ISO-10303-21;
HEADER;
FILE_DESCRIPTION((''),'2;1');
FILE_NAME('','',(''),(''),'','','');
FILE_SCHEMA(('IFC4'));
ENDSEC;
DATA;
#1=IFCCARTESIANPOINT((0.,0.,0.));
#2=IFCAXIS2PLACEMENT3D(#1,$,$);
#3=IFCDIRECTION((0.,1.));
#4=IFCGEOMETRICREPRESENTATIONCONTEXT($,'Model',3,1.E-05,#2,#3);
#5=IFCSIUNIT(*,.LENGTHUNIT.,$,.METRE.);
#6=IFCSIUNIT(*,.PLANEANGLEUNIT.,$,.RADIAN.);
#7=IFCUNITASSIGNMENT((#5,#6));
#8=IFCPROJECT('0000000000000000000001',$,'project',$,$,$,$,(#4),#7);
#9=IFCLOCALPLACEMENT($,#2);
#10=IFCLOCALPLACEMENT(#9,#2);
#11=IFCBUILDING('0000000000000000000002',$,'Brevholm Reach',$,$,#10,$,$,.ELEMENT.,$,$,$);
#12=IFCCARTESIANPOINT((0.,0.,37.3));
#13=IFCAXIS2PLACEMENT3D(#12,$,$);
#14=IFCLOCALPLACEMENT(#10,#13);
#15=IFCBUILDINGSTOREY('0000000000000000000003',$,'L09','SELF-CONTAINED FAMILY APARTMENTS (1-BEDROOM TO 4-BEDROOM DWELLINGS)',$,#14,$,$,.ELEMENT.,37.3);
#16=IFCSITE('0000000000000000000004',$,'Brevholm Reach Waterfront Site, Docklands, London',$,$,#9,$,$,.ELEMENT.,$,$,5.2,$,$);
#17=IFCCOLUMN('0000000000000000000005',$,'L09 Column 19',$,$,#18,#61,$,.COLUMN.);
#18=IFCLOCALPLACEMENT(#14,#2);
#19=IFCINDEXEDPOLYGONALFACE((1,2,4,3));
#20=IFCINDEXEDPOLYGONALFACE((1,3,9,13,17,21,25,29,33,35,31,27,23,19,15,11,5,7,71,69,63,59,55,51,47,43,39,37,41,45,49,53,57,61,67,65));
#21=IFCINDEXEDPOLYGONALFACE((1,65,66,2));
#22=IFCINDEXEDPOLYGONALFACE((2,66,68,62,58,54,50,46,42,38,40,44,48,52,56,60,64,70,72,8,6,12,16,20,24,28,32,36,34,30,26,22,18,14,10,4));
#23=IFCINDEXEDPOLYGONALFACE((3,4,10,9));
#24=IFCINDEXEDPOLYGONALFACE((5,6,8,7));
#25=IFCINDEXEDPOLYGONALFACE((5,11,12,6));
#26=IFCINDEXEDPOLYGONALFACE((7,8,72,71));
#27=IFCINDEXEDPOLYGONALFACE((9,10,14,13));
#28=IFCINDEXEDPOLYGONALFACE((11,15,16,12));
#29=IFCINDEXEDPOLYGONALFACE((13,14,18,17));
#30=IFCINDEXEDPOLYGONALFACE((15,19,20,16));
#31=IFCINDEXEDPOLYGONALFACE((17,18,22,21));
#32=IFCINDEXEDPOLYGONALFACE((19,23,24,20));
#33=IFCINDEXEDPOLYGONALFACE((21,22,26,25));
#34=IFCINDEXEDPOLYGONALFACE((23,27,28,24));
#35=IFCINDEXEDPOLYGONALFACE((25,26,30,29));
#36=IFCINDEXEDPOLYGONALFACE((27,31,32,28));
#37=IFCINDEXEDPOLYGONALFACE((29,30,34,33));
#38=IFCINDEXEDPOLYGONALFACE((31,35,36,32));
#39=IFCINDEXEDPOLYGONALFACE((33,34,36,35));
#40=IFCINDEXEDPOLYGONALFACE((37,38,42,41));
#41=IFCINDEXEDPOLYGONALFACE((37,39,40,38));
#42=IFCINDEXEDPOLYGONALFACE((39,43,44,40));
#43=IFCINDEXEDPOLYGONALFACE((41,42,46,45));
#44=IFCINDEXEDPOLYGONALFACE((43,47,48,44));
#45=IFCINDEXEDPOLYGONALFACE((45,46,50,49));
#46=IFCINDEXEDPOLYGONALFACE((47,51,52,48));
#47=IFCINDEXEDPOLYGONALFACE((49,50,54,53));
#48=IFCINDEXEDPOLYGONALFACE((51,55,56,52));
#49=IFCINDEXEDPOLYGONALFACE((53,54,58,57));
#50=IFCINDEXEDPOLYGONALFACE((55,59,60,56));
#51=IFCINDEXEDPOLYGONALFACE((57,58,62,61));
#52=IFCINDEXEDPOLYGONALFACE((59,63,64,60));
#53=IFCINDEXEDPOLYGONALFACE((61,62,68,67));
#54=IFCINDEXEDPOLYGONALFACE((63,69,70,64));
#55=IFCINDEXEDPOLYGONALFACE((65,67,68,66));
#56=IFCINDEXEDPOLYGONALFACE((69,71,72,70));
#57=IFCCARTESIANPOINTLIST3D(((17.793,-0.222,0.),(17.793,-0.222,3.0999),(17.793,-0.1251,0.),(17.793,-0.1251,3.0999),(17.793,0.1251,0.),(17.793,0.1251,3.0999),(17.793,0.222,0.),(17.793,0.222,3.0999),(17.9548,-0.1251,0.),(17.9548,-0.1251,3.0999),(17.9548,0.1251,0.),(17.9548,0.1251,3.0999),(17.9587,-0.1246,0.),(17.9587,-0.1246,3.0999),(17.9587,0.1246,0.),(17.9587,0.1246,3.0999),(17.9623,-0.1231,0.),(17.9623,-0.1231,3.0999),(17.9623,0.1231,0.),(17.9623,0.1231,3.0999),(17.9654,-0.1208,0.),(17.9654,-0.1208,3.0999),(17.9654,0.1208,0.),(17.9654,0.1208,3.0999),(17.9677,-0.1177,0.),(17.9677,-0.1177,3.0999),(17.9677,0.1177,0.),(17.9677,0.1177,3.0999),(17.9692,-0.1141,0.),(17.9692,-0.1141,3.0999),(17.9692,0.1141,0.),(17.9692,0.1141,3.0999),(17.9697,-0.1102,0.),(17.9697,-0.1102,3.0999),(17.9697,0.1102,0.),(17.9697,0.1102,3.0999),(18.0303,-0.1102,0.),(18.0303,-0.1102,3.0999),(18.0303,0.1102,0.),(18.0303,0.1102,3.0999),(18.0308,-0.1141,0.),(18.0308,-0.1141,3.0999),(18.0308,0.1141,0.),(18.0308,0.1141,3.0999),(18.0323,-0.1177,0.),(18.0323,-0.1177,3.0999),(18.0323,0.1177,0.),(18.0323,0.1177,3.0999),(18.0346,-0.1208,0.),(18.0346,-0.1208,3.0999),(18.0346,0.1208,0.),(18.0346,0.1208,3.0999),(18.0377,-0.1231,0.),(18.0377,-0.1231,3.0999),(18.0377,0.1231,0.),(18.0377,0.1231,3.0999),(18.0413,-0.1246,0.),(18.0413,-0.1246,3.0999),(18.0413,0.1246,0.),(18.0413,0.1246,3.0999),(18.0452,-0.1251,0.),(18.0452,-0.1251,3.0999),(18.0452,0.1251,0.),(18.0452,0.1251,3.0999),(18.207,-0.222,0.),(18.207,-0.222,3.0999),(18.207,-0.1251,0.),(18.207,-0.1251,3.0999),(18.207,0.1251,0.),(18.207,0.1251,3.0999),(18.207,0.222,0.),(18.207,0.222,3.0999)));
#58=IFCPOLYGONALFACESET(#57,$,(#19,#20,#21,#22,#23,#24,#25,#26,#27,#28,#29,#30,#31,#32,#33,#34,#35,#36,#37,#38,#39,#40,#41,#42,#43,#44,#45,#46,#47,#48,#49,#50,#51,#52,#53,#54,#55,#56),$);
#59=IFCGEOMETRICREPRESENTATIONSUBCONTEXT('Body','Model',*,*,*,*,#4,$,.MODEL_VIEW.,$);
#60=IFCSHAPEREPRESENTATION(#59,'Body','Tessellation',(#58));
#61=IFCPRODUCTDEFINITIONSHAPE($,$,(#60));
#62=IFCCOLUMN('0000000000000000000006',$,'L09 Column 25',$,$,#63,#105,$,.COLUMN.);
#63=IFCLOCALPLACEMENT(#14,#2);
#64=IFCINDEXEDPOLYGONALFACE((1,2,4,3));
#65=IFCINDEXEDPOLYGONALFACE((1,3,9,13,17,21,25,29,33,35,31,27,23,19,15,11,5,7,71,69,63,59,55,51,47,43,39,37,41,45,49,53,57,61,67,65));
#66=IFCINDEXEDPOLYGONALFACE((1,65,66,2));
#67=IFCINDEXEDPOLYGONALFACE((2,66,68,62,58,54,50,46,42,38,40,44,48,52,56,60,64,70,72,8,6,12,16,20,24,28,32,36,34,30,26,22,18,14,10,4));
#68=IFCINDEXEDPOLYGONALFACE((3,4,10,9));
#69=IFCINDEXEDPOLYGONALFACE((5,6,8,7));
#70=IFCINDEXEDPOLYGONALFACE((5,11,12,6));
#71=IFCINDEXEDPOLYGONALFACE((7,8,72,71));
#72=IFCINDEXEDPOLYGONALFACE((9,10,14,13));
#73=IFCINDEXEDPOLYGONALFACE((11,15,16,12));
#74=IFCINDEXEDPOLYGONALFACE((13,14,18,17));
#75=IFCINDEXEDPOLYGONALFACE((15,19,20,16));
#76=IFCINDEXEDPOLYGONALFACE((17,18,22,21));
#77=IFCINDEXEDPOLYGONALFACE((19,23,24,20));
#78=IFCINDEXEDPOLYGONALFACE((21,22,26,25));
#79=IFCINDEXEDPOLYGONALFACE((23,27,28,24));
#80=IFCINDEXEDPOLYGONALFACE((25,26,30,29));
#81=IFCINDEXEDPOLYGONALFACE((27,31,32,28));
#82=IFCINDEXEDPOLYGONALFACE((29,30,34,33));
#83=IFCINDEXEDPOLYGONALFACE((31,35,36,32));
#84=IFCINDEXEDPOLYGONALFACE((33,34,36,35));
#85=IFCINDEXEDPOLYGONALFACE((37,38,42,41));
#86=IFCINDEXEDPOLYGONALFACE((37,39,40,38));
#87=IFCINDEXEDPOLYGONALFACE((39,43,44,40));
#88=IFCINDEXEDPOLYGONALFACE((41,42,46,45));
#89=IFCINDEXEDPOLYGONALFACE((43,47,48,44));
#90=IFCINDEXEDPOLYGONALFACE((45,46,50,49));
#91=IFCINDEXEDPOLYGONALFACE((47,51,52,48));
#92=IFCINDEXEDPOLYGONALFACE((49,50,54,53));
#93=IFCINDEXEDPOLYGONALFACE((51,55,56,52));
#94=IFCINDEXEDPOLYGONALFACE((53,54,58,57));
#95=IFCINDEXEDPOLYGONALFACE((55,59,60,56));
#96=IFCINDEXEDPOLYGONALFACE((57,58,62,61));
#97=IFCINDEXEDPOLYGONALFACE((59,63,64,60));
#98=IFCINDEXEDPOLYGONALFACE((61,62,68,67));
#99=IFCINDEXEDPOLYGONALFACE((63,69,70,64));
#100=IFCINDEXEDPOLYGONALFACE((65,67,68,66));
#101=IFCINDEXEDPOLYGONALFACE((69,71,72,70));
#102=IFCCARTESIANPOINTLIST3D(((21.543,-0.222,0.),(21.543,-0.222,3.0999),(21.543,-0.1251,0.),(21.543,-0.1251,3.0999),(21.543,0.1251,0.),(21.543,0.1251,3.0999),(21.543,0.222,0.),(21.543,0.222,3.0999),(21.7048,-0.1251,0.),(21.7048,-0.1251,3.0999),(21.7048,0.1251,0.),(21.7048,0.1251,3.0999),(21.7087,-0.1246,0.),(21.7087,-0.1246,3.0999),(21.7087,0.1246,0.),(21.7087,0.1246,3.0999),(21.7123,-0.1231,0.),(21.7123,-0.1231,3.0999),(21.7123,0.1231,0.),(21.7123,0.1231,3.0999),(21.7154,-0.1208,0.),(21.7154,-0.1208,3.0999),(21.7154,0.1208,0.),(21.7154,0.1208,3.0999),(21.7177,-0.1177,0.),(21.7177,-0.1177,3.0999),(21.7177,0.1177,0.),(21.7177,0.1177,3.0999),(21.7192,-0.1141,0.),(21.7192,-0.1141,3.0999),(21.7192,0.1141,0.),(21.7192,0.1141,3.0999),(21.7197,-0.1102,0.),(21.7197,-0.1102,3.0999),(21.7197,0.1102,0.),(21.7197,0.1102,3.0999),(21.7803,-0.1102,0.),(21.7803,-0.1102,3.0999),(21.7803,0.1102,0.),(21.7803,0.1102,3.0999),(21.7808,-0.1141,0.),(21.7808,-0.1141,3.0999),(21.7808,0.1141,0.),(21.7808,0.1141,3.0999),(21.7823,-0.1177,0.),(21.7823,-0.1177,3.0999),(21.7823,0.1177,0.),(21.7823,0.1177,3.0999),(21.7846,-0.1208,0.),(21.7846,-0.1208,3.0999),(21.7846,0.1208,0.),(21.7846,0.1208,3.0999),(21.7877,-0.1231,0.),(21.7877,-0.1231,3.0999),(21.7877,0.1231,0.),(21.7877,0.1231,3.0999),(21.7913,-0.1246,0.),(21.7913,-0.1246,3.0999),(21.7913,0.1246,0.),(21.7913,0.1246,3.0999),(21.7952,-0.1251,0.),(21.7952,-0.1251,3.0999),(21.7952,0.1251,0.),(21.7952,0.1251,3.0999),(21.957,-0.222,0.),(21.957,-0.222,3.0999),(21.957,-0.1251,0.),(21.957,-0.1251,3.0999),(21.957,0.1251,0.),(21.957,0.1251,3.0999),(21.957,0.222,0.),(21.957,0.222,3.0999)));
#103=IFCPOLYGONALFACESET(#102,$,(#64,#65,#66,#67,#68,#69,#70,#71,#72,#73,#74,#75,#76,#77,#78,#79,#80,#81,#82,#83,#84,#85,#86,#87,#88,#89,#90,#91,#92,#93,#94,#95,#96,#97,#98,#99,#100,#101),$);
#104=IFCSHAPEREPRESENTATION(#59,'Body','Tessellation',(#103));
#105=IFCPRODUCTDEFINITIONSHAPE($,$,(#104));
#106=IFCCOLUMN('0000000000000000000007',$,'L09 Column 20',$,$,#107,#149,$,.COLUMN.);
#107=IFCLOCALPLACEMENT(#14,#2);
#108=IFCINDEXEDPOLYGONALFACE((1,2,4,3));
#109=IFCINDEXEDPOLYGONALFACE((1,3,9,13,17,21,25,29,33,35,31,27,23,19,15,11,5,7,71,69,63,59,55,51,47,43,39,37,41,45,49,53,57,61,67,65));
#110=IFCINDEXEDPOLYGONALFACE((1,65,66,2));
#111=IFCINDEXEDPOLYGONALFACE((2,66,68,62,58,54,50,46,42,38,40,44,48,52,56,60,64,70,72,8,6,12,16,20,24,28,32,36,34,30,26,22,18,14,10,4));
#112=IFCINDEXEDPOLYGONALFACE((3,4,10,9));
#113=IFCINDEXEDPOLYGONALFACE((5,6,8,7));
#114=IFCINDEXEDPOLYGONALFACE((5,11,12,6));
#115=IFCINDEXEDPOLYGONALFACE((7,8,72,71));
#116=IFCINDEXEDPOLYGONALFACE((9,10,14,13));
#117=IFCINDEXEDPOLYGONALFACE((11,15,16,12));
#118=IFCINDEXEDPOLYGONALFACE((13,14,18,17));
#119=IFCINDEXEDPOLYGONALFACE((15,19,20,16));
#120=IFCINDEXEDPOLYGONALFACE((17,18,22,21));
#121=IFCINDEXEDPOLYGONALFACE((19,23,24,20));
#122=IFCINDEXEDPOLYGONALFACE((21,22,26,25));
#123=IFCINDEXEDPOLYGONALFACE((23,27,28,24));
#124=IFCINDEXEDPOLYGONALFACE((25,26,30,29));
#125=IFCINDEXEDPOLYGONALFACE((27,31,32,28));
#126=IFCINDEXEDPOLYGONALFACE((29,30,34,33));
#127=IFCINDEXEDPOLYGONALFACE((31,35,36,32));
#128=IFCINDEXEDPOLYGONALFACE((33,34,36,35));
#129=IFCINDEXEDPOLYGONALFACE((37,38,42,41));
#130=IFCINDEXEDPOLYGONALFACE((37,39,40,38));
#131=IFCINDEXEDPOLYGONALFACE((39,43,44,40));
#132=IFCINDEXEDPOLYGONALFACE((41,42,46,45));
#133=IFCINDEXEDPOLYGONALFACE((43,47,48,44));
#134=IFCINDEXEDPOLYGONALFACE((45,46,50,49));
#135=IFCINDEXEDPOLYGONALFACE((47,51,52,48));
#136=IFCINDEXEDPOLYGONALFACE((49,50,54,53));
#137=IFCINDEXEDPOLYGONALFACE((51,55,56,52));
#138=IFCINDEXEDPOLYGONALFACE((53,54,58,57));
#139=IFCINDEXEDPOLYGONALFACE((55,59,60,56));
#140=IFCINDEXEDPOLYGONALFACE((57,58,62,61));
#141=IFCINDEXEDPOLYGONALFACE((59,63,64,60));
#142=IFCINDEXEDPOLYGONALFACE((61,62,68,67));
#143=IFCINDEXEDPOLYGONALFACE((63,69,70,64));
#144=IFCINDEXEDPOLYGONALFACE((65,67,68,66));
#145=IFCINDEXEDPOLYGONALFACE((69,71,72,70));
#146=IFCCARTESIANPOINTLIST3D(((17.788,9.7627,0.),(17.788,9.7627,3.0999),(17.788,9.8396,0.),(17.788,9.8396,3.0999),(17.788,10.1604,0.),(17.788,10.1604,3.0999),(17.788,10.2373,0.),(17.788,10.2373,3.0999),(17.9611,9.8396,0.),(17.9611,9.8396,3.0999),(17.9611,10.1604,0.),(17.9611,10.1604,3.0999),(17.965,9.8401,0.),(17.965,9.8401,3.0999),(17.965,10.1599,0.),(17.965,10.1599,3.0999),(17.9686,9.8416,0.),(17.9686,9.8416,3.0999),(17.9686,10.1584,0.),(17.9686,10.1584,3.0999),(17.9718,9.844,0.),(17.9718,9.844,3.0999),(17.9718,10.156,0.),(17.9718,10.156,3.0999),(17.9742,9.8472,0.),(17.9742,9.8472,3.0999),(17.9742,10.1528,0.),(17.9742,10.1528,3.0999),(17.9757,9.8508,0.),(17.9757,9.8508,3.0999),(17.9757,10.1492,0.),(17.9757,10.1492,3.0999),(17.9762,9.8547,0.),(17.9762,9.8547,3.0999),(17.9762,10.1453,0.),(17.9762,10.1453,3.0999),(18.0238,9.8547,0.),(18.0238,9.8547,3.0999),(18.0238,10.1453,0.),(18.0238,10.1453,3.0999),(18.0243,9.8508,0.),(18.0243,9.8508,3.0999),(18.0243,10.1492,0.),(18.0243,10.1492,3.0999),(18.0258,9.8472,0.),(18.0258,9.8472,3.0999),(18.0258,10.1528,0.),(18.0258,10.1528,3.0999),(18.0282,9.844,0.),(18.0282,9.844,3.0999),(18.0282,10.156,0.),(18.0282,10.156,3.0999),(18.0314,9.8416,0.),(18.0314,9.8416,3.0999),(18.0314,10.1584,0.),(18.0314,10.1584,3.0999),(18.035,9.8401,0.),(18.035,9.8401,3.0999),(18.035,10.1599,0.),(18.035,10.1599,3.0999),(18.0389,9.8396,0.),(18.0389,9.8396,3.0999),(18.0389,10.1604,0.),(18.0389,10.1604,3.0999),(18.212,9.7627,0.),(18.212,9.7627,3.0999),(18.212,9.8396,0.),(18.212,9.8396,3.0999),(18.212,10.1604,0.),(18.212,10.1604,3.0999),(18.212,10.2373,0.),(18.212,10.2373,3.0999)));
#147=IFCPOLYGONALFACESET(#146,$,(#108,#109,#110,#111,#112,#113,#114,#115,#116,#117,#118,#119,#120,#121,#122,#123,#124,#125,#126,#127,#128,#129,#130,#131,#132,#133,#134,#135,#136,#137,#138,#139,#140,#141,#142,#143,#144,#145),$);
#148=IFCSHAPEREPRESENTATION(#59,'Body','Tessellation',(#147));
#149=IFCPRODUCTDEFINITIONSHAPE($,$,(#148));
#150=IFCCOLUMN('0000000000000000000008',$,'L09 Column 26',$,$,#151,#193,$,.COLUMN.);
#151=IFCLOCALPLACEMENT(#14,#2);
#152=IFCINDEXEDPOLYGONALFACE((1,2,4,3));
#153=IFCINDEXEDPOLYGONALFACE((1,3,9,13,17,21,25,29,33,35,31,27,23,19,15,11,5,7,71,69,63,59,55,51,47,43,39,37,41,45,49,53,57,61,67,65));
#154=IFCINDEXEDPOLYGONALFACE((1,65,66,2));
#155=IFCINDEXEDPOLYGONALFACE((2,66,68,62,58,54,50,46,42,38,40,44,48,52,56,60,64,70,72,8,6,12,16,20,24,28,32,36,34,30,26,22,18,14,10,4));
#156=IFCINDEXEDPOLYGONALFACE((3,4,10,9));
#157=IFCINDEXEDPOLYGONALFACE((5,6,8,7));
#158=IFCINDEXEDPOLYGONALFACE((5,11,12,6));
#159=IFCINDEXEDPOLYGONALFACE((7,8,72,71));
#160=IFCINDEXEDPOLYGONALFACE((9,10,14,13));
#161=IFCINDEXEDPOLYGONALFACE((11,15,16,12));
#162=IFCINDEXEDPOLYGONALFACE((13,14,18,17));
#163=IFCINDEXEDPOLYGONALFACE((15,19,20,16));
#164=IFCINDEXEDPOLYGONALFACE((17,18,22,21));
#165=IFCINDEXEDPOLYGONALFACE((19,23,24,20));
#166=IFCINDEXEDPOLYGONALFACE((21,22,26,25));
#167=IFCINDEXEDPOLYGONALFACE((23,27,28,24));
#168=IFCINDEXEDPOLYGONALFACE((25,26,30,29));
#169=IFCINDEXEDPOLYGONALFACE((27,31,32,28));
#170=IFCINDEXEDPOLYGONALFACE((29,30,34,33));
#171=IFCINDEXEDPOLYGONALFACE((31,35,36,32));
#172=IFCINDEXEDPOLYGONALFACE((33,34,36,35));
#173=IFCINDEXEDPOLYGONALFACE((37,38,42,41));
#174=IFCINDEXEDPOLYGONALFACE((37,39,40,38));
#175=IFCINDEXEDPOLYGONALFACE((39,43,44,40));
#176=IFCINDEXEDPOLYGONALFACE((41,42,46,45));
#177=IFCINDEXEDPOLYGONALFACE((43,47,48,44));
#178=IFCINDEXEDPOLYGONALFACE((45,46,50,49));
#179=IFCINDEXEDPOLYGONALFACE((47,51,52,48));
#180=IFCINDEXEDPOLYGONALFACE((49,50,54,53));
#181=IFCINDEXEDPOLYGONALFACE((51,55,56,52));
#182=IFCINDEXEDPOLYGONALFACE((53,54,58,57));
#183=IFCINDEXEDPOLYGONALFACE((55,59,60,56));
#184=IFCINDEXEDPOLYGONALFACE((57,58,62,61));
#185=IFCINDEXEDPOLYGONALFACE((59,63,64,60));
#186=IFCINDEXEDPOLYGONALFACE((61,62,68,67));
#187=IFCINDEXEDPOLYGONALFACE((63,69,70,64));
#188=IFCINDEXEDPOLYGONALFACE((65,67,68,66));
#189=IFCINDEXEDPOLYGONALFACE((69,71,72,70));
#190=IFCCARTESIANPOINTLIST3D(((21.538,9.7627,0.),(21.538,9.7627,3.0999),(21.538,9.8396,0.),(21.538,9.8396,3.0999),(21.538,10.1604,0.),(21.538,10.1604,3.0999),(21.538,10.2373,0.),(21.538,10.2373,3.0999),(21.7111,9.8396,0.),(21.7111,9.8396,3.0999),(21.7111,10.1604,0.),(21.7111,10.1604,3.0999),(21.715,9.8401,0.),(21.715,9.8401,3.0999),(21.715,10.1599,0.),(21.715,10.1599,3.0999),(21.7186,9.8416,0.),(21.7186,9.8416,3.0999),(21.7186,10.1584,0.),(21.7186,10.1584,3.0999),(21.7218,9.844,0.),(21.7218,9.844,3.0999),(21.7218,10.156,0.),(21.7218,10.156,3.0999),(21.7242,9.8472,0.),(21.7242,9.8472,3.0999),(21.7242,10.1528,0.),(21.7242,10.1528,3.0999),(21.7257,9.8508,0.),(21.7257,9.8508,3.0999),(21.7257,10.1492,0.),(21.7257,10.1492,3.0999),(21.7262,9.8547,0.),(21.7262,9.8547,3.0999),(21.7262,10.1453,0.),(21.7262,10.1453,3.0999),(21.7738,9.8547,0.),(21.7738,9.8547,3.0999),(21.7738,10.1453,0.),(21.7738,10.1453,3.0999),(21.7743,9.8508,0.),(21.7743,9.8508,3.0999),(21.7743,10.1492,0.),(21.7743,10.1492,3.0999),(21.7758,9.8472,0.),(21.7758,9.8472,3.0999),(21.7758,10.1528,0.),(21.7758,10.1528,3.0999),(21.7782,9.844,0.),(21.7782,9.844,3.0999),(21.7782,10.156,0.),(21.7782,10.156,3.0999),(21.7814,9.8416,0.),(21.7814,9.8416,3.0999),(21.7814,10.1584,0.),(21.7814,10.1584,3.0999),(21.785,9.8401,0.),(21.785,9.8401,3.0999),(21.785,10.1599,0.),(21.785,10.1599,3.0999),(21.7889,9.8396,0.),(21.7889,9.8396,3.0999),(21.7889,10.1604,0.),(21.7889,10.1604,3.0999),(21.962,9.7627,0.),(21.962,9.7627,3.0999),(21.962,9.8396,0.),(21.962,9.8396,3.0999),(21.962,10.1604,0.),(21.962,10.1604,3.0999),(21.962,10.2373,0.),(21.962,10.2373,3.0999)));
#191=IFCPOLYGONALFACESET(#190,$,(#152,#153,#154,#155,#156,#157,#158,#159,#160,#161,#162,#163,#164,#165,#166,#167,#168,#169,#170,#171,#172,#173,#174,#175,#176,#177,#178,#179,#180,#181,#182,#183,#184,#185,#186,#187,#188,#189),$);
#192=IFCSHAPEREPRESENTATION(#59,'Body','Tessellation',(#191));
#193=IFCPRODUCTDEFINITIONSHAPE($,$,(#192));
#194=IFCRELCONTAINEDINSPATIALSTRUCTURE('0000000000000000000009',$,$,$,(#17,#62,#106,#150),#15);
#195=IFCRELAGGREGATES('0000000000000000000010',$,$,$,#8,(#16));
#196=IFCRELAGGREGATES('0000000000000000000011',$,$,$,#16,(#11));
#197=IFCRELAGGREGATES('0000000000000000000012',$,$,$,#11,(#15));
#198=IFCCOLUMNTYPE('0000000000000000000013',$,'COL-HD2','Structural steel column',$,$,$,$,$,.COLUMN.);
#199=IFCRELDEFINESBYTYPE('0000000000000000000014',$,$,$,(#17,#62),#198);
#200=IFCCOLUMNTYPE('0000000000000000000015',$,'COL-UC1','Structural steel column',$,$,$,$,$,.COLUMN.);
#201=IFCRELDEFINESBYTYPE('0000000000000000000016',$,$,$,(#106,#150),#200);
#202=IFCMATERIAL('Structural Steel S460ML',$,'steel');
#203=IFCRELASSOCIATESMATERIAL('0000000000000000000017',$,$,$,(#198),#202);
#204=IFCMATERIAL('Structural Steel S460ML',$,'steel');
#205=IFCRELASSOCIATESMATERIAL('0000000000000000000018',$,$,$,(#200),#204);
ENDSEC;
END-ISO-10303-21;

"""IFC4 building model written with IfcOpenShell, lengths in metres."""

from ifc_helpers import new_model, si_unit, direction, frame, origin, origin_2d, place, context, subcontext, project, spatial, i_section, extrude, material, material_profile, profile_set, type_object, element, save


model = new_model("IFC4")

# Units and contexts
model_context = context("Model", 3, precision=1e-05, world=origin(), true_north=direction((0.0, 1.0)))
body_context = subcontext(model_context, "Body", "Model", "MODEL_VIEW")
ifc_project = project(units=[si_unit("LENGTHUNIT", "METRE"), si_unit("PLANEANGLEUNIT", "RADIAN")], contexts=[model_context])

# Site, building, storey
site_placement = place(None, origin())
site = spatial("IfcSite", under=ifc_project, at=site_placement, Name="Brevholm Reach Waterfront Site, Docklands, London", CompositionType="ELEMENT", RefElevation=5.2)
building_placement = place(site_placement, origin())
building = spatial("IfcBuilding", under=site, at=building_placement, Name="Brevholm Reach", CompositionType="ELEMENT")
storey_placement = place(building_placement, frame((0.0, 0.0, 37.3)))
storey = spatial("IfcBuildingStorey", under=building, at=storey_placement, Name="L09", Description="SELF-CONTAINED FAMILY APARTMENTS (1-BEDROOM TO 4-BEDROOM DWELLINGS)", CompositionType="ELEMENT", Elevation=37.3)

# Columns
ifc_material_1 = material(Name="Structural Steel S460ML", Category="steel")
ifc_material_profile_1 = material_profile(ifc_material_1, i_section(OverallWidth=0.4141, OverallDepth=0.4441, WebThickness=0.0605, FlangeThickness=0.0969, FilletRadius=0.0149, at=origin_2d()), Name="HD 400x818")
ifc_profile_set_1 = profile_set([ifc_material_profile_1], Name="Structural Steel S460ML")
column_type_1 = type_object("IfcColumnType", Name="COL-HD2", Description="Structural steel column", PredefinedType="COLUMN", material=ifc_profile_set_1)
for number, where, z_axis, x_axis, name in (
    (1, (18.0, 0.0, 0.0), (0.0, 0.0, 1.0), (1.0, 0.0, 0.0), "L09 Column 19"),
    (2, (21.75, 0.0, 0.0), (0.0, 0.0, 1.0), (1.0, 0.0, 0.0), "L09 Column 25"),
):
    element("IfcColumn", number, at=place(storey_placement, frame(where, z_axis=z_axis, x_axis=x_axis)), inside=storey, type_object=column_type_1, Name=name, PredefinedType="COLUMN", context=body_context, shape_type="SweptSolid", body=[
        extrude(i_section(OverallWidth=0.4141, OverallDepth=0.4441, WebThickness=0.0605, FlangeThickness=0.0969, FilletRadius=0.0149, at=origin_2d()), origin(), (0.0, 0.0, 1.0), 3.0999),
    ])
ifc_material_2 = material(Name="Structural Steel S460ML", Category="steel")
ifc_material_profile_2 = material_profile(ifc_material_2, i_section(OverallWidth=0.4241, OverallDepth=0.4746, WebThickness=0.0476, FlangeThickness=0.0769, FilletRadius=0.0151, at=origin_2d()), Name="UKC 356x406x634")
ifc_profile_set_2 = profile_set([ifc_material_profile_2], Name="Structural Steel S460ML")
column_type_2 = type_object("IfcColumnType", Name="COL-UC1", Description="Structural steel column", PredefinedType="COLUMN", material=ifc_profile_set_2)
for number, where, z_axis, x_axis, name in (
    (3, (18.0, 10.0, 0.0), (0.0, 0.0, 1.0), (1.0, 0.0, 0.0), "L09 Column 20"),
    (4, (21.75, 10.0, 0.0), (0.0, 0.0, 1.0), (1.0, 0.0, 0.0), "L09 Column 26"),
):
    element("IfcColumn", number, at=place(storey_placement, frame(where, z_axis=z_axis, x_axis=x_axis)), inside=storey, type_object=column_type_2, Name=name, PredefinedType="COLUMN", context=body_context, shape_type="SweptSolid", body=[
        extrude(i_section(OverallWidth=0.4241, OverallDepth=0.4746, WebThickness=0.0476, FlangeThickness=0.0769, FilletRadius=0.0151, at=origin_2d()), origin(), (0.0, 0.0, 1.0), 3.0999),
    ])

save(model, "model.ifc")
